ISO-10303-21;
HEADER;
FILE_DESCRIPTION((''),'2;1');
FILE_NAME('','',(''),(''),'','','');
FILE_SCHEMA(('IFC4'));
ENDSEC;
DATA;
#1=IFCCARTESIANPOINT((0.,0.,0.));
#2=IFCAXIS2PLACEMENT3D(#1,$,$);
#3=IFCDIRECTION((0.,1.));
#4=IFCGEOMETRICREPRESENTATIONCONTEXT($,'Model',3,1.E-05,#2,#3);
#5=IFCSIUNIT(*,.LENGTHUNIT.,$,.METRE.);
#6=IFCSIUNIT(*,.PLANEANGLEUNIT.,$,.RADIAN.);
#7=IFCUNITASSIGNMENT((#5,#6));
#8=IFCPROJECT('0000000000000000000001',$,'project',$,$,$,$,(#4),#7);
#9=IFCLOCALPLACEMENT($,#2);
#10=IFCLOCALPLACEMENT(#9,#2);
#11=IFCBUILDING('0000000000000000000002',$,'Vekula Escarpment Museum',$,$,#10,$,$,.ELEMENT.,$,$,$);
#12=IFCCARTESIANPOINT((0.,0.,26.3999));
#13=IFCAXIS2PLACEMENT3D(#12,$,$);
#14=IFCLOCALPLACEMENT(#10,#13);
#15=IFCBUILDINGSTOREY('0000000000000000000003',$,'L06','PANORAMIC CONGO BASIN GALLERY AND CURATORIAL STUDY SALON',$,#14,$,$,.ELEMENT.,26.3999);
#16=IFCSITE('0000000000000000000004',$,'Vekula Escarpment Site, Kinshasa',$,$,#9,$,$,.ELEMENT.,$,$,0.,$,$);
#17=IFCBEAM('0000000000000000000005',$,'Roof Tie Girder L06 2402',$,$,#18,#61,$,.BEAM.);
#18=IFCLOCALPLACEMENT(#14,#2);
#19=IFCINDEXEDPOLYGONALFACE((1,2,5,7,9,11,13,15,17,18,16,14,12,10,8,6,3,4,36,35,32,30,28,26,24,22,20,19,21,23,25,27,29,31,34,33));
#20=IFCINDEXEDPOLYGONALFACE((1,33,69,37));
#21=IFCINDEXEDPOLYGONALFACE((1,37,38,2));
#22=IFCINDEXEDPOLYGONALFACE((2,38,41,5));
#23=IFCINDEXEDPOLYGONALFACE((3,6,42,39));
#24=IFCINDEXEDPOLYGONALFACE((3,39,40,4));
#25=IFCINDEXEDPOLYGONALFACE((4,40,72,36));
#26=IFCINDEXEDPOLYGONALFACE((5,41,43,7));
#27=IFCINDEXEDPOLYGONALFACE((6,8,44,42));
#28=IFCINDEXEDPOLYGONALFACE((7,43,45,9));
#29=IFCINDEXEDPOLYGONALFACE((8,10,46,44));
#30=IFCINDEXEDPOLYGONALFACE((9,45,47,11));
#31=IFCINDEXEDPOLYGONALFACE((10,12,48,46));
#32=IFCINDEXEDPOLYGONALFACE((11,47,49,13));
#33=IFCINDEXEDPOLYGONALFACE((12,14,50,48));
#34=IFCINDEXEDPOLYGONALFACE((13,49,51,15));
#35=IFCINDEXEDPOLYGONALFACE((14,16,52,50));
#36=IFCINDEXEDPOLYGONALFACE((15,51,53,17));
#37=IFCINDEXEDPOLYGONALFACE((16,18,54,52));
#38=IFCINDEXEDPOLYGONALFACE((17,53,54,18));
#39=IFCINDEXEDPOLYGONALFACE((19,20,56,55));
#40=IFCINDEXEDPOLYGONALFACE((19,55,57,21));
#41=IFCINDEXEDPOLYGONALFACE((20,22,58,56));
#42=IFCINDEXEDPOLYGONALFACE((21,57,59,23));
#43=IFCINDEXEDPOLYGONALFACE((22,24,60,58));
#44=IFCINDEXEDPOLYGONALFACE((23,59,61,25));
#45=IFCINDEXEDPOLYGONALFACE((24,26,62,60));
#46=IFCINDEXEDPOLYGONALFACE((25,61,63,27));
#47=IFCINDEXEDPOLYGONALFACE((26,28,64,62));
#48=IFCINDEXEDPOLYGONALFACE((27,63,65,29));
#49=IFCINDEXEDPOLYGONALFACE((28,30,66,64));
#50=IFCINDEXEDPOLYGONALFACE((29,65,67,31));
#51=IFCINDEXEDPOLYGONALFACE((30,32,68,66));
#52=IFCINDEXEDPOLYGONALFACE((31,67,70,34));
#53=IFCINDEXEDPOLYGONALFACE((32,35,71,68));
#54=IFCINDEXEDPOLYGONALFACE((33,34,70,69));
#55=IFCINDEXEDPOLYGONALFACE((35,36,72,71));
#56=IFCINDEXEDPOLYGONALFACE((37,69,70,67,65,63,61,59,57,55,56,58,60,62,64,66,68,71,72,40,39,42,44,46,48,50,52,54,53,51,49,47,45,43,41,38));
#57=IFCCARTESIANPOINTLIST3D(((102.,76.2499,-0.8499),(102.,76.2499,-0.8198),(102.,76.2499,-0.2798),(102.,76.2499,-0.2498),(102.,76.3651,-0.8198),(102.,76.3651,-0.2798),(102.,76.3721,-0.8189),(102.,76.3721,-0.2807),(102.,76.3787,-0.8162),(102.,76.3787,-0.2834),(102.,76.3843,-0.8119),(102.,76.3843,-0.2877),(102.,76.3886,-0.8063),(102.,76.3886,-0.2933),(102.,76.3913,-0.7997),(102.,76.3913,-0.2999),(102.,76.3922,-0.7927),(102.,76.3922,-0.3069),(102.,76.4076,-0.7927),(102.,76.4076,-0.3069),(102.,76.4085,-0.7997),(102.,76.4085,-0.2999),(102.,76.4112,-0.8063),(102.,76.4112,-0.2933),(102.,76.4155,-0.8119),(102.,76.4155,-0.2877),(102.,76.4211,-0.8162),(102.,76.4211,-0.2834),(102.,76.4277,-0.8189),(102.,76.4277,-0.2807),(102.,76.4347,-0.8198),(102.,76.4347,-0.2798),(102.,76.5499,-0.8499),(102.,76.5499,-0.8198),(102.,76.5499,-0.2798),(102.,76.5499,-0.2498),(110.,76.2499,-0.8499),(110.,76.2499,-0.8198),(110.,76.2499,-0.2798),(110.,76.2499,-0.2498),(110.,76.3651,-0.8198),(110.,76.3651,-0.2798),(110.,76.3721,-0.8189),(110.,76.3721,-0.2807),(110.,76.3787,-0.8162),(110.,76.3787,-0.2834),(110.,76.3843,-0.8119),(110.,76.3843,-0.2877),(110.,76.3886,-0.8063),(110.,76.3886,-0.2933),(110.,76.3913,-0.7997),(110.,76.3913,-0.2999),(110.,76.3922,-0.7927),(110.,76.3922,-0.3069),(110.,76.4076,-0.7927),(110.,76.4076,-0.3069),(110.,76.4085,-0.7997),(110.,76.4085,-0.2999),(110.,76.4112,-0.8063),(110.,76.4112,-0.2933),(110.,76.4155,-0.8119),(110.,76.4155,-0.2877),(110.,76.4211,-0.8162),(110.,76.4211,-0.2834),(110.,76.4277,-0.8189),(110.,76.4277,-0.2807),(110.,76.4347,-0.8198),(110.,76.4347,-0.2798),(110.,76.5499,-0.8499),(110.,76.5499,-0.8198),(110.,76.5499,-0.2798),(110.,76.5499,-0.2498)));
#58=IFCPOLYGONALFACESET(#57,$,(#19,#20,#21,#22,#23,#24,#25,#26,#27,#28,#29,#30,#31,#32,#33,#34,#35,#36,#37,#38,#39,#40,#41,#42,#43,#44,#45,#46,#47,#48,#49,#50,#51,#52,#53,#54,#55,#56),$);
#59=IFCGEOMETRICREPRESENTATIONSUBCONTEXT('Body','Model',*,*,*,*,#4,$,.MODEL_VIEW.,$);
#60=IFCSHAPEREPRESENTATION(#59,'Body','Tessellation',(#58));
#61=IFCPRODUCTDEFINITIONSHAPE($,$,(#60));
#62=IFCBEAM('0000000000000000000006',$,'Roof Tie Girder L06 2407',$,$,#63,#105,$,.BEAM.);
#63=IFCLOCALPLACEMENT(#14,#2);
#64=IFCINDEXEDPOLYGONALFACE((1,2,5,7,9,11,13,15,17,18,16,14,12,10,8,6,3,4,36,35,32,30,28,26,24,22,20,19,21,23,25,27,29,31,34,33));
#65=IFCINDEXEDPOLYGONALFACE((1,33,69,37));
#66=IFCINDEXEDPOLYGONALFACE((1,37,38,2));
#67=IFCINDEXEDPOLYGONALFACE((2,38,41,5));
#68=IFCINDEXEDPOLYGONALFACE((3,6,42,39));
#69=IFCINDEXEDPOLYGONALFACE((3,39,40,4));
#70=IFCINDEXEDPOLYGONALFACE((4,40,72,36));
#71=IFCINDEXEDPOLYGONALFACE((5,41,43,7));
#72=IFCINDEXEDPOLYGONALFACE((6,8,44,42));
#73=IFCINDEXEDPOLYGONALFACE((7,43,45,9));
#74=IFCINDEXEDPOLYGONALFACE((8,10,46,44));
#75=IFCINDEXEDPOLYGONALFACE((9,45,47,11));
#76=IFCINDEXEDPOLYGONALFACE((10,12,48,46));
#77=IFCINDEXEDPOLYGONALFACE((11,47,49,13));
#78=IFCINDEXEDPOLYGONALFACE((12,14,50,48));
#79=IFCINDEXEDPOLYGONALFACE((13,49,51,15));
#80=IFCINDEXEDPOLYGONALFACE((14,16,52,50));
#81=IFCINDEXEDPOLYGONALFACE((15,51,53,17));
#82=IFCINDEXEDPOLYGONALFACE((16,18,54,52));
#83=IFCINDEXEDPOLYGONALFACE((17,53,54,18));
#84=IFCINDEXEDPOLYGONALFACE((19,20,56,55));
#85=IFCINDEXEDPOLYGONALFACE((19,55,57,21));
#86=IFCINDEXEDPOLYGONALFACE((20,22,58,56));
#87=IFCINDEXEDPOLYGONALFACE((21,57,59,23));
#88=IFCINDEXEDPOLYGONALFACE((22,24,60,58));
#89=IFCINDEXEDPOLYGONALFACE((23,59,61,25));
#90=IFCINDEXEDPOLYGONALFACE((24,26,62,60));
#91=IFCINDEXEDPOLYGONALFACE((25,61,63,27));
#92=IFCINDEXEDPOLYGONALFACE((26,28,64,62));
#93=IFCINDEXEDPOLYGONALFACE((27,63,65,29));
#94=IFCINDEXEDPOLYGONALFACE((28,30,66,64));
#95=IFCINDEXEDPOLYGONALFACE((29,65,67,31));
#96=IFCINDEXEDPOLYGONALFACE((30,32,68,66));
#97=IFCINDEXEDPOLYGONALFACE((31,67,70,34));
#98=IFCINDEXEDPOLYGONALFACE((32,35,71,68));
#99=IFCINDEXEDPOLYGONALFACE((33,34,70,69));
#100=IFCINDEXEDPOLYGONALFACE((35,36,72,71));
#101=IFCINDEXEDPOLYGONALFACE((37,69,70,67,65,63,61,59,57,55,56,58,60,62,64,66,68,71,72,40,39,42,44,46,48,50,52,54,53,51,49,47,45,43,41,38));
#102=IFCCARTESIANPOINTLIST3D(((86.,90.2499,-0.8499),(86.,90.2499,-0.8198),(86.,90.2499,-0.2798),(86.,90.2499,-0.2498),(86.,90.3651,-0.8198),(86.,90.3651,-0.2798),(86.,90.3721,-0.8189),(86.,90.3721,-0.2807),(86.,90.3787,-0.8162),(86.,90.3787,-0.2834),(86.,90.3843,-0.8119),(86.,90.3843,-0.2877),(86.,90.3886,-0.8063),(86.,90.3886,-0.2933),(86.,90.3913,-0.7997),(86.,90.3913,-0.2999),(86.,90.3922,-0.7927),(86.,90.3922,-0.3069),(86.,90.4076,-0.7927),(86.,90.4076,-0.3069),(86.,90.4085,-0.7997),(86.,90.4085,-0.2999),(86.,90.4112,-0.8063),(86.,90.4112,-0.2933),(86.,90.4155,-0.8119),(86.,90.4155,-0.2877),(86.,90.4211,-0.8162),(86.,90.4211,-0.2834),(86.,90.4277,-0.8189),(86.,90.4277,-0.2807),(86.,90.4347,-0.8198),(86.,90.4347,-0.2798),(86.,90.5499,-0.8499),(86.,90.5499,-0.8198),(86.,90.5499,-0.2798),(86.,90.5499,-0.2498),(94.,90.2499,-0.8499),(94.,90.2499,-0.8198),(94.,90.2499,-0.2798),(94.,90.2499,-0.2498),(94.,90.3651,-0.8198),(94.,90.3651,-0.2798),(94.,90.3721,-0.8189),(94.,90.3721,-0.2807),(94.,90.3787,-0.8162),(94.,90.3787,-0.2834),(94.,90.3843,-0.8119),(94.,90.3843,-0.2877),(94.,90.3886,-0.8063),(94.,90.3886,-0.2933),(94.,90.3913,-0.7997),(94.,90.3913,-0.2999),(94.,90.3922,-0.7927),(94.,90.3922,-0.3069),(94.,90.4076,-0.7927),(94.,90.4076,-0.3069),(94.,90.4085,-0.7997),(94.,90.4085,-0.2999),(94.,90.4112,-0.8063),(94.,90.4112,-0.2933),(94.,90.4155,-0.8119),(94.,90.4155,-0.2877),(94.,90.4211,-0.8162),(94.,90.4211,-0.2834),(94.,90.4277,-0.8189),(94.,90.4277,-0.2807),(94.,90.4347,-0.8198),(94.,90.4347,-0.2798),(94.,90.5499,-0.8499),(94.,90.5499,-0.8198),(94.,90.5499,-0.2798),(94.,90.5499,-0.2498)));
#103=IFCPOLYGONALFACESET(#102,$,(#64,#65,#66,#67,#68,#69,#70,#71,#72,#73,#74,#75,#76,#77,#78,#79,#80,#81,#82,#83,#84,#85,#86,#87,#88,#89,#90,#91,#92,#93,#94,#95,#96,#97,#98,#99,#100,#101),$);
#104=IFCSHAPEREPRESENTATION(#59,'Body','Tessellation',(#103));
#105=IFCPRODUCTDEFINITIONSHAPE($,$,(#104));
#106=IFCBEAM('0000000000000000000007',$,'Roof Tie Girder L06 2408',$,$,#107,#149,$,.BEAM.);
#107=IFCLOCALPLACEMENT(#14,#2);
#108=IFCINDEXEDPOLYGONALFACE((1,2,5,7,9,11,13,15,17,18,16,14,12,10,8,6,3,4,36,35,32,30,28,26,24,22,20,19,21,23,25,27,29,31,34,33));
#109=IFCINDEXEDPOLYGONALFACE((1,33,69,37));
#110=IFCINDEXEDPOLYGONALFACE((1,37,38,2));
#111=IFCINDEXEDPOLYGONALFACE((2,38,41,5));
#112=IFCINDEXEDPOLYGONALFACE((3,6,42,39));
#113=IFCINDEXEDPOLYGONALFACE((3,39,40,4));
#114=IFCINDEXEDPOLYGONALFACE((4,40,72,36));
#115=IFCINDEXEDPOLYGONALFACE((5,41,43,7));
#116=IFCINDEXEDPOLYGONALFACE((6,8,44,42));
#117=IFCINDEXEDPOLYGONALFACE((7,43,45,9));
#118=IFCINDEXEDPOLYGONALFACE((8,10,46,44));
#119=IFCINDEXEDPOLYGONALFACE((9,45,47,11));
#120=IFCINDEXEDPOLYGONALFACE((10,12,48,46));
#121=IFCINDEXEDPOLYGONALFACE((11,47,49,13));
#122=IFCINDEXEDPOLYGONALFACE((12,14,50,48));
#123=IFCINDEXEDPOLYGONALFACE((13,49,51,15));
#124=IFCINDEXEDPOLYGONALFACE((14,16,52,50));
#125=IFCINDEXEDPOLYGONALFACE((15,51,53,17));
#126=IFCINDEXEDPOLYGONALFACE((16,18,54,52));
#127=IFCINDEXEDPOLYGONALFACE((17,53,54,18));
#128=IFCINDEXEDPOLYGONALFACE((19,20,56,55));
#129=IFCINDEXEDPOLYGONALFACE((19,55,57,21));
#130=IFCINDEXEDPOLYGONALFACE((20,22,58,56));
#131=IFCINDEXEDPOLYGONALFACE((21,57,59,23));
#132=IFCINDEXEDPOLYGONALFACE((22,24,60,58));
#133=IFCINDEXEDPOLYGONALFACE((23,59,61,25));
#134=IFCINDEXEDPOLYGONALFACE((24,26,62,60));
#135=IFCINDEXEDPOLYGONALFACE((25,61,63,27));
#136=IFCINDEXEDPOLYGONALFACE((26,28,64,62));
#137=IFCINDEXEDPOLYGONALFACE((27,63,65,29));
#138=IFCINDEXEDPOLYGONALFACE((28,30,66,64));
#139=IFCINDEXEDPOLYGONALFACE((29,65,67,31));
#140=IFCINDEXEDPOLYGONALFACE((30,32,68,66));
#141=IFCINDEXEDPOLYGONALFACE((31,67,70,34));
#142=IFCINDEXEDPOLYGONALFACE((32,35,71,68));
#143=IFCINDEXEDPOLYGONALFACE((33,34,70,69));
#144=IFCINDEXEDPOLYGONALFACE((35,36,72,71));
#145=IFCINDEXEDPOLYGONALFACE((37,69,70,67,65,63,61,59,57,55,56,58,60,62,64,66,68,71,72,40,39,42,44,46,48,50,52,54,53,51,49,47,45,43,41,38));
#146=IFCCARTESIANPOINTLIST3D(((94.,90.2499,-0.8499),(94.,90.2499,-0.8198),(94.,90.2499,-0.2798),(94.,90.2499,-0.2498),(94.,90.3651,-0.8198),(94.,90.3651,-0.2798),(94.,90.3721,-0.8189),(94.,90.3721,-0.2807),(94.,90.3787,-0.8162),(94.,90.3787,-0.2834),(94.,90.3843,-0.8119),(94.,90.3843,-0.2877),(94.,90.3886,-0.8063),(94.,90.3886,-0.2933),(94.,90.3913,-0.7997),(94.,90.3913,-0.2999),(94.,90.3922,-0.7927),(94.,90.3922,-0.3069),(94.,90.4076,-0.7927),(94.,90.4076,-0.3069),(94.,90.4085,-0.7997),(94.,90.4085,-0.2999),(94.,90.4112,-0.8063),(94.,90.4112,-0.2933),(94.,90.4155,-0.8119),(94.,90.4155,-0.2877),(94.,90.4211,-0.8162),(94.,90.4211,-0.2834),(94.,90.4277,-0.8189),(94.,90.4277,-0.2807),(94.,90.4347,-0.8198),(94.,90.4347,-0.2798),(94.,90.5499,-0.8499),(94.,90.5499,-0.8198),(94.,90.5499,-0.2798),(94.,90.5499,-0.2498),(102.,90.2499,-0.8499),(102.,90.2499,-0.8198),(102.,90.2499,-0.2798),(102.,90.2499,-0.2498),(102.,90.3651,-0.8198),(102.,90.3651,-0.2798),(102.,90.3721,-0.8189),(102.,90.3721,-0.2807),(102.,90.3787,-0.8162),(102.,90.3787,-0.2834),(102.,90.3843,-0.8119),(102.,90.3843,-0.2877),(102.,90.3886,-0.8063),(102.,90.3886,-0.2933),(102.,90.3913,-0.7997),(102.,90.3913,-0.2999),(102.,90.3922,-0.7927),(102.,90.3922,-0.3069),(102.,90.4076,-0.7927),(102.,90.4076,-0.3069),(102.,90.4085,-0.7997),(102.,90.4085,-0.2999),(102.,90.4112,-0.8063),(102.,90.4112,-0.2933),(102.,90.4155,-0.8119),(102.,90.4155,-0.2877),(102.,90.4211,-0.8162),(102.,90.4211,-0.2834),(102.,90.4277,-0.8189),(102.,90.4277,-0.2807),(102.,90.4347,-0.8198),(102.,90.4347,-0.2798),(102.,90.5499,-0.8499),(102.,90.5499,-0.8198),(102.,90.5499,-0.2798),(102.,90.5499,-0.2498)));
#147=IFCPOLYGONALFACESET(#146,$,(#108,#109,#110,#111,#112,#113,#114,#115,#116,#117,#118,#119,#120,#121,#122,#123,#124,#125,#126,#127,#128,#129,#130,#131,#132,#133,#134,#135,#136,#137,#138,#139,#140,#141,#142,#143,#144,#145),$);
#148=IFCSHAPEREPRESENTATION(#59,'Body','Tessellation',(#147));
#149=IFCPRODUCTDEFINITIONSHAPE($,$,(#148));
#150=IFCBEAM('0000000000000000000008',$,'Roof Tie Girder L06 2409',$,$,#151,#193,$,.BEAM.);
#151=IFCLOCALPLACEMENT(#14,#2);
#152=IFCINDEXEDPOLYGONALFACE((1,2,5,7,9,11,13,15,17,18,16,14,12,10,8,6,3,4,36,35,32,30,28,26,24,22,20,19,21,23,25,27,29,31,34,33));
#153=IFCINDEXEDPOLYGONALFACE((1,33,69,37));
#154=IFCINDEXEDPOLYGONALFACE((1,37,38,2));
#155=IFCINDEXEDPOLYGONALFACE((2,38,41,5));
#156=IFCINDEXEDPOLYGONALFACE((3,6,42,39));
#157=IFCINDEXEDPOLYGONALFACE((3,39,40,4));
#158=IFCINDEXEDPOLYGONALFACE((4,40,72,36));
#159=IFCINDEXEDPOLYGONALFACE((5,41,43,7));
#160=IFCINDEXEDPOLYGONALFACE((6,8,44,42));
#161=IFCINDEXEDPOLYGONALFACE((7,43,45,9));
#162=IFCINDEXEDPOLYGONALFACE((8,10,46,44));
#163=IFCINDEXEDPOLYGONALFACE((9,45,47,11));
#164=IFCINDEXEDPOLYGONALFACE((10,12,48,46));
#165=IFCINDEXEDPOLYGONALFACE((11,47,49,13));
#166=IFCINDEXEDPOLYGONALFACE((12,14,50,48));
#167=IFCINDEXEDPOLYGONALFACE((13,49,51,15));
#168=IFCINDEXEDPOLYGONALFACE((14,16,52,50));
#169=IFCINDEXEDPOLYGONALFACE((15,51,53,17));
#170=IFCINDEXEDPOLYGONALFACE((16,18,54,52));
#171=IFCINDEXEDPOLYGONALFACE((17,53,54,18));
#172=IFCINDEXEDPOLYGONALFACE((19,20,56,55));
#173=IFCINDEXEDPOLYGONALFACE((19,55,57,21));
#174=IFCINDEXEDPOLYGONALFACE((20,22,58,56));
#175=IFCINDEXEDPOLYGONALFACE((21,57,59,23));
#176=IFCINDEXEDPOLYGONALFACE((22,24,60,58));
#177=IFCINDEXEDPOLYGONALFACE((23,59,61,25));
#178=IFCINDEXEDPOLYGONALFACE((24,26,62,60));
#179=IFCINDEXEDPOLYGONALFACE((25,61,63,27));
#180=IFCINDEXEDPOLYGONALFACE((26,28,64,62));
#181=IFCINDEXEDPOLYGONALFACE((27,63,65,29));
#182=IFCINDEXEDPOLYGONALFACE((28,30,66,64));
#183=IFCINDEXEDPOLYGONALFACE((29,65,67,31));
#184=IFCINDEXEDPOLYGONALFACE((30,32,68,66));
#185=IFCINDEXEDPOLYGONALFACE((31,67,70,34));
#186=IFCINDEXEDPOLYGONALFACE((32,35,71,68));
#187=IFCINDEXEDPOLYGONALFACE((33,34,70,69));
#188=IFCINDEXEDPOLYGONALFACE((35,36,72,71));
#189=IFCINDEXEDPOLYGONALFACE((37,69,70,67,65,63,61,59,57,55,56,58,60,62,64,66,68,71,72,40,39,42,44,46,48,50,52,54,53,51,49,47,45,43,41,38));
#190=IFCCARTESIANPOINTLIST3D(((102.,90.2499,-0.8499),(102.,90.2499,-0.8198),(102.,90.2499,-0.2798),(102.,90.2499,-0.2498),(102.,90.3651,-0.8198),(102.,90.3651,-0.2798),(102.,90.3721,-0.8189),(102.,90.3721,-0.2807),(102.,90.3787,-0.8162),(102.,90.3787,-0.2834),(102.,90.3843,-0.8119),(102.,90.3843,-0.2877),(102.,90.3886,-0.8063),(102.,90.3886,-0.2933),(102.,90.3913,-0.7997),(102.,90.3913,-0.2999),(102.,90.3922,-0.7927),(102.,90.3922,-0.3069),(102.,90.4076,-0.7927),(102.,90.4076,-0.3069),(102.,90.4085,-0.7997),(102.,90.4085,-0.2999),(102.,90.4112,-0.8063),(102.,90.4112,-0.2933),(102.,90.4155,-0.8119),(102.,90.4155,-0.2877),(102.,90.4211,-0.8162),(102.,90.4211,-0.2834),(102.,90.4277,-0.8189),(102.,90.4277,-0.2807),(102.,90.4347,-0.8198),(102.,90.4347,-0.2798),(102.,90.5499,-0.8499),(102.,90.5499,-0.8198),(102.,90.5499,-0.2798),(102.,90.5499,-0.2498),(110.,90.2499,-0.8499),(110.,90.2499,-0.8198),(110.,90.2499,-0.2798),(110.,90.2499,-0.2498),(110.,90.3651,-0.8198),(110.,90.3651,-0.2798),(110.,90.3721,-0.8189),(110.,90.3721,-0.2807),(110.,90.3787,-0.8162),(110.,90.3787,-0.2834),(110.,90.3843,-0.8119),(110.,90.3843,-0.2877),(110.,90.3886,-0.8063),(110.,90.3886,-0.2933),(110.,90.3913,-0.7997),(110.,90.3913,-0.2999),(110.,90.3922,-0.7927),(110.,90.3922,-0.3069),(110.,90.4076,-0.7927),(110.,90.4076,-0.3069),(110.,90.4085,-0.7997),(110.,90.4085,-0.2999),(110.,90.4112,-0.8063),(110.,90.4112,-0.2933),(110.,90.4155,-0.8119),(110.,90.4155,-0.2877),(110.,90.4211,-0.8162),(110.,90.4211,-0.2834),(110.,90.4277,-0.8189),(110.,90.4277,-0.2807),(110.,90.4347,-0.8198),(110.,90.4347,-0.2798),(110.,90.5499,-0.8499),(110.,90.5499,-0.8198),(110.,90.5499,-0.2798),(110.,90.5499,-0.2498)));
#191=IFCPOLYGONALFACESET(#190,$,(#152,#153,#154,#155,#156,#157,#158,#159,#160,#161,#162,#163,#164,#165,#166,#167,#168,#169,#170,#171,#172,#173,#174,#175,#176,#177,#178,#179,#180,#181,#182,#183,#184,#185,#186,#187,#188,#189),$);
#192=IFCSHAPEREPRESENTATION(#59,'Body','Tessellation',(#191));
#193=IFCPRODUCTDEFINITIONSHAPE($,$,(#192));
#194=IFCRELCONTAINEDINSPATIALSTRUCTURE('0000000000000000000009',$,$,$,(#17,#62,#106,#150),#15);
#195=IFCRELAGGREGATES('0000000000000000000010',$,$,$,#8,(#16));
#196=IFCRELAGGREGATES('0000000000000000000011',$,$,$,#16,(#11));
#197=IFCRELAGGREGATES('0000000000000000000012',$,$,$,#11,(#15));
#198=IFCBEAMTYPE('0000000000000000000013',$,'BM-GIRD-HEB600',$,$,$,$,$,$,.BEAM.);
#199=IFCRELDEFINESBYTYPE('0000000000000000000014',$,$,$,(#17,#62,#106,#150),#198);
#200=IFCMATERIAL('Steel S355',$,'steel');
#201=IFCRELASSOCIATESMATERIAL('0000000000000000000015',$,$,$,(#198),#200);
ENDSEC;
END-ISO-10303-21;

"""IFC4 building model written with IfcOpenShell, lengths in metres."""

from ifc_helpers import new_model, si_unit, direction, frame, origin, origin_2d, place, context, subcontext, project, spatial, i_section, extrude, material, material_profile, profile_set, type_object, element, save


model = new_model("IFC4")

# Units and contexts
model_context = context("Model", 3, precision=1e-05, world=origin(), true_north=direction((0.0, 1.0)))
body_context = subcontext(model_context, "Body", "Model", "MODEL_VIEW")
ifc_project = project(units=[si_unit("LENGTHUNIT", "METRE"), si_unit("PLANEANGLEUNIT", "RADIAN")], contexts=[model_context])

# Site, building, storey
site_placement = place(None, origin())
site = spatial("IfcSite", under=ifc_project, at=site_placement, Name="Vekula Escarpment Site, Kinshasa", CompositionType="ELEMENT", RefElevation=0.0)
building_placement = place(site_placement, origin())
building = spatial("IfcBuilding", under=site, at=building_placement, Name="Vekula Escarpment Museum", CompositionType="ELEMENT")
storey_placement = place(building_placement, frame((0.0, 0.0, 26.3999)))
storey = spatial("IfcBuildingStorey", under=building, at=storey_placement, Name="L06", Description="PANORAMIC CONGO BASIN GALLERY AND CURATORIAL STUDY SALON", CompositionType="ELEMENT", Elevation=26.3999)

# Beams
ifc_material_1 = material(Name="Steel S355", Category="steel")
ifc_material_profile_1 = material_profile(ifc_material_1, i_section(OverallWidth=0.3, OverallDepth=0.6001, WebThickness=0.0154, FlangeThickness=0.03, FilletRadius=0.0271, at=origin_2d()), Name="HEB 600")
ifc_profile_set_1 = profile_set([ifc_material_profile_1], Name="Steel S355")
beam_type = type_object("IfcBeamType", Name="BM-GIRD-HEB600", PredefinedType="BEAM", material=ifc_profile_set_1)
for number, where, z_axis, x_axis, name in (
    (1, (102.0, 76.3999, -0.5498), (1.0, 0.0, 0.0), (0.0, 1.0, 0.0), "Roof Tie Girder L06 2402"),
    (2, (86.0, 90.3999, -0.5498), (1.0, 0.0, 0.0), (0.0, 1.0, 0.0), "Roof Tie Girder L06 2407"),
    (3, (94.0, 90.3999, -0.5498), (1.0, 0.0, 0.0), (0.0, 1.0, 0.0), "Roof Tie Girder L06 2408"),
    (4, (102.0, 90.3999, -0.5498), (1.0, 0.0, 0.0), (0.0, 1.0, 0.0), "Roof Tie Girder L06 2409"),
):
    element("IfcBeam", number, at=place(storey_placement, frame(where, z_axis=z_axis, x_axis=x_axis)), inside=storey, type_object=beam_type, Name=name, PredefinedType="BEAM", context=body_context, shape_type="SweptSolid", body=[
        extrude(i_section(OverallWidth=0.3, OverallDepth=0.6001, WebThickness=0.0154, FlangeThickness=0.03, FilletRadius=0.0271, at=origin_2d()), origin(), (0.0, 0.0, 1.0), 8.0),
    ])

save(model, "model.ifc")
